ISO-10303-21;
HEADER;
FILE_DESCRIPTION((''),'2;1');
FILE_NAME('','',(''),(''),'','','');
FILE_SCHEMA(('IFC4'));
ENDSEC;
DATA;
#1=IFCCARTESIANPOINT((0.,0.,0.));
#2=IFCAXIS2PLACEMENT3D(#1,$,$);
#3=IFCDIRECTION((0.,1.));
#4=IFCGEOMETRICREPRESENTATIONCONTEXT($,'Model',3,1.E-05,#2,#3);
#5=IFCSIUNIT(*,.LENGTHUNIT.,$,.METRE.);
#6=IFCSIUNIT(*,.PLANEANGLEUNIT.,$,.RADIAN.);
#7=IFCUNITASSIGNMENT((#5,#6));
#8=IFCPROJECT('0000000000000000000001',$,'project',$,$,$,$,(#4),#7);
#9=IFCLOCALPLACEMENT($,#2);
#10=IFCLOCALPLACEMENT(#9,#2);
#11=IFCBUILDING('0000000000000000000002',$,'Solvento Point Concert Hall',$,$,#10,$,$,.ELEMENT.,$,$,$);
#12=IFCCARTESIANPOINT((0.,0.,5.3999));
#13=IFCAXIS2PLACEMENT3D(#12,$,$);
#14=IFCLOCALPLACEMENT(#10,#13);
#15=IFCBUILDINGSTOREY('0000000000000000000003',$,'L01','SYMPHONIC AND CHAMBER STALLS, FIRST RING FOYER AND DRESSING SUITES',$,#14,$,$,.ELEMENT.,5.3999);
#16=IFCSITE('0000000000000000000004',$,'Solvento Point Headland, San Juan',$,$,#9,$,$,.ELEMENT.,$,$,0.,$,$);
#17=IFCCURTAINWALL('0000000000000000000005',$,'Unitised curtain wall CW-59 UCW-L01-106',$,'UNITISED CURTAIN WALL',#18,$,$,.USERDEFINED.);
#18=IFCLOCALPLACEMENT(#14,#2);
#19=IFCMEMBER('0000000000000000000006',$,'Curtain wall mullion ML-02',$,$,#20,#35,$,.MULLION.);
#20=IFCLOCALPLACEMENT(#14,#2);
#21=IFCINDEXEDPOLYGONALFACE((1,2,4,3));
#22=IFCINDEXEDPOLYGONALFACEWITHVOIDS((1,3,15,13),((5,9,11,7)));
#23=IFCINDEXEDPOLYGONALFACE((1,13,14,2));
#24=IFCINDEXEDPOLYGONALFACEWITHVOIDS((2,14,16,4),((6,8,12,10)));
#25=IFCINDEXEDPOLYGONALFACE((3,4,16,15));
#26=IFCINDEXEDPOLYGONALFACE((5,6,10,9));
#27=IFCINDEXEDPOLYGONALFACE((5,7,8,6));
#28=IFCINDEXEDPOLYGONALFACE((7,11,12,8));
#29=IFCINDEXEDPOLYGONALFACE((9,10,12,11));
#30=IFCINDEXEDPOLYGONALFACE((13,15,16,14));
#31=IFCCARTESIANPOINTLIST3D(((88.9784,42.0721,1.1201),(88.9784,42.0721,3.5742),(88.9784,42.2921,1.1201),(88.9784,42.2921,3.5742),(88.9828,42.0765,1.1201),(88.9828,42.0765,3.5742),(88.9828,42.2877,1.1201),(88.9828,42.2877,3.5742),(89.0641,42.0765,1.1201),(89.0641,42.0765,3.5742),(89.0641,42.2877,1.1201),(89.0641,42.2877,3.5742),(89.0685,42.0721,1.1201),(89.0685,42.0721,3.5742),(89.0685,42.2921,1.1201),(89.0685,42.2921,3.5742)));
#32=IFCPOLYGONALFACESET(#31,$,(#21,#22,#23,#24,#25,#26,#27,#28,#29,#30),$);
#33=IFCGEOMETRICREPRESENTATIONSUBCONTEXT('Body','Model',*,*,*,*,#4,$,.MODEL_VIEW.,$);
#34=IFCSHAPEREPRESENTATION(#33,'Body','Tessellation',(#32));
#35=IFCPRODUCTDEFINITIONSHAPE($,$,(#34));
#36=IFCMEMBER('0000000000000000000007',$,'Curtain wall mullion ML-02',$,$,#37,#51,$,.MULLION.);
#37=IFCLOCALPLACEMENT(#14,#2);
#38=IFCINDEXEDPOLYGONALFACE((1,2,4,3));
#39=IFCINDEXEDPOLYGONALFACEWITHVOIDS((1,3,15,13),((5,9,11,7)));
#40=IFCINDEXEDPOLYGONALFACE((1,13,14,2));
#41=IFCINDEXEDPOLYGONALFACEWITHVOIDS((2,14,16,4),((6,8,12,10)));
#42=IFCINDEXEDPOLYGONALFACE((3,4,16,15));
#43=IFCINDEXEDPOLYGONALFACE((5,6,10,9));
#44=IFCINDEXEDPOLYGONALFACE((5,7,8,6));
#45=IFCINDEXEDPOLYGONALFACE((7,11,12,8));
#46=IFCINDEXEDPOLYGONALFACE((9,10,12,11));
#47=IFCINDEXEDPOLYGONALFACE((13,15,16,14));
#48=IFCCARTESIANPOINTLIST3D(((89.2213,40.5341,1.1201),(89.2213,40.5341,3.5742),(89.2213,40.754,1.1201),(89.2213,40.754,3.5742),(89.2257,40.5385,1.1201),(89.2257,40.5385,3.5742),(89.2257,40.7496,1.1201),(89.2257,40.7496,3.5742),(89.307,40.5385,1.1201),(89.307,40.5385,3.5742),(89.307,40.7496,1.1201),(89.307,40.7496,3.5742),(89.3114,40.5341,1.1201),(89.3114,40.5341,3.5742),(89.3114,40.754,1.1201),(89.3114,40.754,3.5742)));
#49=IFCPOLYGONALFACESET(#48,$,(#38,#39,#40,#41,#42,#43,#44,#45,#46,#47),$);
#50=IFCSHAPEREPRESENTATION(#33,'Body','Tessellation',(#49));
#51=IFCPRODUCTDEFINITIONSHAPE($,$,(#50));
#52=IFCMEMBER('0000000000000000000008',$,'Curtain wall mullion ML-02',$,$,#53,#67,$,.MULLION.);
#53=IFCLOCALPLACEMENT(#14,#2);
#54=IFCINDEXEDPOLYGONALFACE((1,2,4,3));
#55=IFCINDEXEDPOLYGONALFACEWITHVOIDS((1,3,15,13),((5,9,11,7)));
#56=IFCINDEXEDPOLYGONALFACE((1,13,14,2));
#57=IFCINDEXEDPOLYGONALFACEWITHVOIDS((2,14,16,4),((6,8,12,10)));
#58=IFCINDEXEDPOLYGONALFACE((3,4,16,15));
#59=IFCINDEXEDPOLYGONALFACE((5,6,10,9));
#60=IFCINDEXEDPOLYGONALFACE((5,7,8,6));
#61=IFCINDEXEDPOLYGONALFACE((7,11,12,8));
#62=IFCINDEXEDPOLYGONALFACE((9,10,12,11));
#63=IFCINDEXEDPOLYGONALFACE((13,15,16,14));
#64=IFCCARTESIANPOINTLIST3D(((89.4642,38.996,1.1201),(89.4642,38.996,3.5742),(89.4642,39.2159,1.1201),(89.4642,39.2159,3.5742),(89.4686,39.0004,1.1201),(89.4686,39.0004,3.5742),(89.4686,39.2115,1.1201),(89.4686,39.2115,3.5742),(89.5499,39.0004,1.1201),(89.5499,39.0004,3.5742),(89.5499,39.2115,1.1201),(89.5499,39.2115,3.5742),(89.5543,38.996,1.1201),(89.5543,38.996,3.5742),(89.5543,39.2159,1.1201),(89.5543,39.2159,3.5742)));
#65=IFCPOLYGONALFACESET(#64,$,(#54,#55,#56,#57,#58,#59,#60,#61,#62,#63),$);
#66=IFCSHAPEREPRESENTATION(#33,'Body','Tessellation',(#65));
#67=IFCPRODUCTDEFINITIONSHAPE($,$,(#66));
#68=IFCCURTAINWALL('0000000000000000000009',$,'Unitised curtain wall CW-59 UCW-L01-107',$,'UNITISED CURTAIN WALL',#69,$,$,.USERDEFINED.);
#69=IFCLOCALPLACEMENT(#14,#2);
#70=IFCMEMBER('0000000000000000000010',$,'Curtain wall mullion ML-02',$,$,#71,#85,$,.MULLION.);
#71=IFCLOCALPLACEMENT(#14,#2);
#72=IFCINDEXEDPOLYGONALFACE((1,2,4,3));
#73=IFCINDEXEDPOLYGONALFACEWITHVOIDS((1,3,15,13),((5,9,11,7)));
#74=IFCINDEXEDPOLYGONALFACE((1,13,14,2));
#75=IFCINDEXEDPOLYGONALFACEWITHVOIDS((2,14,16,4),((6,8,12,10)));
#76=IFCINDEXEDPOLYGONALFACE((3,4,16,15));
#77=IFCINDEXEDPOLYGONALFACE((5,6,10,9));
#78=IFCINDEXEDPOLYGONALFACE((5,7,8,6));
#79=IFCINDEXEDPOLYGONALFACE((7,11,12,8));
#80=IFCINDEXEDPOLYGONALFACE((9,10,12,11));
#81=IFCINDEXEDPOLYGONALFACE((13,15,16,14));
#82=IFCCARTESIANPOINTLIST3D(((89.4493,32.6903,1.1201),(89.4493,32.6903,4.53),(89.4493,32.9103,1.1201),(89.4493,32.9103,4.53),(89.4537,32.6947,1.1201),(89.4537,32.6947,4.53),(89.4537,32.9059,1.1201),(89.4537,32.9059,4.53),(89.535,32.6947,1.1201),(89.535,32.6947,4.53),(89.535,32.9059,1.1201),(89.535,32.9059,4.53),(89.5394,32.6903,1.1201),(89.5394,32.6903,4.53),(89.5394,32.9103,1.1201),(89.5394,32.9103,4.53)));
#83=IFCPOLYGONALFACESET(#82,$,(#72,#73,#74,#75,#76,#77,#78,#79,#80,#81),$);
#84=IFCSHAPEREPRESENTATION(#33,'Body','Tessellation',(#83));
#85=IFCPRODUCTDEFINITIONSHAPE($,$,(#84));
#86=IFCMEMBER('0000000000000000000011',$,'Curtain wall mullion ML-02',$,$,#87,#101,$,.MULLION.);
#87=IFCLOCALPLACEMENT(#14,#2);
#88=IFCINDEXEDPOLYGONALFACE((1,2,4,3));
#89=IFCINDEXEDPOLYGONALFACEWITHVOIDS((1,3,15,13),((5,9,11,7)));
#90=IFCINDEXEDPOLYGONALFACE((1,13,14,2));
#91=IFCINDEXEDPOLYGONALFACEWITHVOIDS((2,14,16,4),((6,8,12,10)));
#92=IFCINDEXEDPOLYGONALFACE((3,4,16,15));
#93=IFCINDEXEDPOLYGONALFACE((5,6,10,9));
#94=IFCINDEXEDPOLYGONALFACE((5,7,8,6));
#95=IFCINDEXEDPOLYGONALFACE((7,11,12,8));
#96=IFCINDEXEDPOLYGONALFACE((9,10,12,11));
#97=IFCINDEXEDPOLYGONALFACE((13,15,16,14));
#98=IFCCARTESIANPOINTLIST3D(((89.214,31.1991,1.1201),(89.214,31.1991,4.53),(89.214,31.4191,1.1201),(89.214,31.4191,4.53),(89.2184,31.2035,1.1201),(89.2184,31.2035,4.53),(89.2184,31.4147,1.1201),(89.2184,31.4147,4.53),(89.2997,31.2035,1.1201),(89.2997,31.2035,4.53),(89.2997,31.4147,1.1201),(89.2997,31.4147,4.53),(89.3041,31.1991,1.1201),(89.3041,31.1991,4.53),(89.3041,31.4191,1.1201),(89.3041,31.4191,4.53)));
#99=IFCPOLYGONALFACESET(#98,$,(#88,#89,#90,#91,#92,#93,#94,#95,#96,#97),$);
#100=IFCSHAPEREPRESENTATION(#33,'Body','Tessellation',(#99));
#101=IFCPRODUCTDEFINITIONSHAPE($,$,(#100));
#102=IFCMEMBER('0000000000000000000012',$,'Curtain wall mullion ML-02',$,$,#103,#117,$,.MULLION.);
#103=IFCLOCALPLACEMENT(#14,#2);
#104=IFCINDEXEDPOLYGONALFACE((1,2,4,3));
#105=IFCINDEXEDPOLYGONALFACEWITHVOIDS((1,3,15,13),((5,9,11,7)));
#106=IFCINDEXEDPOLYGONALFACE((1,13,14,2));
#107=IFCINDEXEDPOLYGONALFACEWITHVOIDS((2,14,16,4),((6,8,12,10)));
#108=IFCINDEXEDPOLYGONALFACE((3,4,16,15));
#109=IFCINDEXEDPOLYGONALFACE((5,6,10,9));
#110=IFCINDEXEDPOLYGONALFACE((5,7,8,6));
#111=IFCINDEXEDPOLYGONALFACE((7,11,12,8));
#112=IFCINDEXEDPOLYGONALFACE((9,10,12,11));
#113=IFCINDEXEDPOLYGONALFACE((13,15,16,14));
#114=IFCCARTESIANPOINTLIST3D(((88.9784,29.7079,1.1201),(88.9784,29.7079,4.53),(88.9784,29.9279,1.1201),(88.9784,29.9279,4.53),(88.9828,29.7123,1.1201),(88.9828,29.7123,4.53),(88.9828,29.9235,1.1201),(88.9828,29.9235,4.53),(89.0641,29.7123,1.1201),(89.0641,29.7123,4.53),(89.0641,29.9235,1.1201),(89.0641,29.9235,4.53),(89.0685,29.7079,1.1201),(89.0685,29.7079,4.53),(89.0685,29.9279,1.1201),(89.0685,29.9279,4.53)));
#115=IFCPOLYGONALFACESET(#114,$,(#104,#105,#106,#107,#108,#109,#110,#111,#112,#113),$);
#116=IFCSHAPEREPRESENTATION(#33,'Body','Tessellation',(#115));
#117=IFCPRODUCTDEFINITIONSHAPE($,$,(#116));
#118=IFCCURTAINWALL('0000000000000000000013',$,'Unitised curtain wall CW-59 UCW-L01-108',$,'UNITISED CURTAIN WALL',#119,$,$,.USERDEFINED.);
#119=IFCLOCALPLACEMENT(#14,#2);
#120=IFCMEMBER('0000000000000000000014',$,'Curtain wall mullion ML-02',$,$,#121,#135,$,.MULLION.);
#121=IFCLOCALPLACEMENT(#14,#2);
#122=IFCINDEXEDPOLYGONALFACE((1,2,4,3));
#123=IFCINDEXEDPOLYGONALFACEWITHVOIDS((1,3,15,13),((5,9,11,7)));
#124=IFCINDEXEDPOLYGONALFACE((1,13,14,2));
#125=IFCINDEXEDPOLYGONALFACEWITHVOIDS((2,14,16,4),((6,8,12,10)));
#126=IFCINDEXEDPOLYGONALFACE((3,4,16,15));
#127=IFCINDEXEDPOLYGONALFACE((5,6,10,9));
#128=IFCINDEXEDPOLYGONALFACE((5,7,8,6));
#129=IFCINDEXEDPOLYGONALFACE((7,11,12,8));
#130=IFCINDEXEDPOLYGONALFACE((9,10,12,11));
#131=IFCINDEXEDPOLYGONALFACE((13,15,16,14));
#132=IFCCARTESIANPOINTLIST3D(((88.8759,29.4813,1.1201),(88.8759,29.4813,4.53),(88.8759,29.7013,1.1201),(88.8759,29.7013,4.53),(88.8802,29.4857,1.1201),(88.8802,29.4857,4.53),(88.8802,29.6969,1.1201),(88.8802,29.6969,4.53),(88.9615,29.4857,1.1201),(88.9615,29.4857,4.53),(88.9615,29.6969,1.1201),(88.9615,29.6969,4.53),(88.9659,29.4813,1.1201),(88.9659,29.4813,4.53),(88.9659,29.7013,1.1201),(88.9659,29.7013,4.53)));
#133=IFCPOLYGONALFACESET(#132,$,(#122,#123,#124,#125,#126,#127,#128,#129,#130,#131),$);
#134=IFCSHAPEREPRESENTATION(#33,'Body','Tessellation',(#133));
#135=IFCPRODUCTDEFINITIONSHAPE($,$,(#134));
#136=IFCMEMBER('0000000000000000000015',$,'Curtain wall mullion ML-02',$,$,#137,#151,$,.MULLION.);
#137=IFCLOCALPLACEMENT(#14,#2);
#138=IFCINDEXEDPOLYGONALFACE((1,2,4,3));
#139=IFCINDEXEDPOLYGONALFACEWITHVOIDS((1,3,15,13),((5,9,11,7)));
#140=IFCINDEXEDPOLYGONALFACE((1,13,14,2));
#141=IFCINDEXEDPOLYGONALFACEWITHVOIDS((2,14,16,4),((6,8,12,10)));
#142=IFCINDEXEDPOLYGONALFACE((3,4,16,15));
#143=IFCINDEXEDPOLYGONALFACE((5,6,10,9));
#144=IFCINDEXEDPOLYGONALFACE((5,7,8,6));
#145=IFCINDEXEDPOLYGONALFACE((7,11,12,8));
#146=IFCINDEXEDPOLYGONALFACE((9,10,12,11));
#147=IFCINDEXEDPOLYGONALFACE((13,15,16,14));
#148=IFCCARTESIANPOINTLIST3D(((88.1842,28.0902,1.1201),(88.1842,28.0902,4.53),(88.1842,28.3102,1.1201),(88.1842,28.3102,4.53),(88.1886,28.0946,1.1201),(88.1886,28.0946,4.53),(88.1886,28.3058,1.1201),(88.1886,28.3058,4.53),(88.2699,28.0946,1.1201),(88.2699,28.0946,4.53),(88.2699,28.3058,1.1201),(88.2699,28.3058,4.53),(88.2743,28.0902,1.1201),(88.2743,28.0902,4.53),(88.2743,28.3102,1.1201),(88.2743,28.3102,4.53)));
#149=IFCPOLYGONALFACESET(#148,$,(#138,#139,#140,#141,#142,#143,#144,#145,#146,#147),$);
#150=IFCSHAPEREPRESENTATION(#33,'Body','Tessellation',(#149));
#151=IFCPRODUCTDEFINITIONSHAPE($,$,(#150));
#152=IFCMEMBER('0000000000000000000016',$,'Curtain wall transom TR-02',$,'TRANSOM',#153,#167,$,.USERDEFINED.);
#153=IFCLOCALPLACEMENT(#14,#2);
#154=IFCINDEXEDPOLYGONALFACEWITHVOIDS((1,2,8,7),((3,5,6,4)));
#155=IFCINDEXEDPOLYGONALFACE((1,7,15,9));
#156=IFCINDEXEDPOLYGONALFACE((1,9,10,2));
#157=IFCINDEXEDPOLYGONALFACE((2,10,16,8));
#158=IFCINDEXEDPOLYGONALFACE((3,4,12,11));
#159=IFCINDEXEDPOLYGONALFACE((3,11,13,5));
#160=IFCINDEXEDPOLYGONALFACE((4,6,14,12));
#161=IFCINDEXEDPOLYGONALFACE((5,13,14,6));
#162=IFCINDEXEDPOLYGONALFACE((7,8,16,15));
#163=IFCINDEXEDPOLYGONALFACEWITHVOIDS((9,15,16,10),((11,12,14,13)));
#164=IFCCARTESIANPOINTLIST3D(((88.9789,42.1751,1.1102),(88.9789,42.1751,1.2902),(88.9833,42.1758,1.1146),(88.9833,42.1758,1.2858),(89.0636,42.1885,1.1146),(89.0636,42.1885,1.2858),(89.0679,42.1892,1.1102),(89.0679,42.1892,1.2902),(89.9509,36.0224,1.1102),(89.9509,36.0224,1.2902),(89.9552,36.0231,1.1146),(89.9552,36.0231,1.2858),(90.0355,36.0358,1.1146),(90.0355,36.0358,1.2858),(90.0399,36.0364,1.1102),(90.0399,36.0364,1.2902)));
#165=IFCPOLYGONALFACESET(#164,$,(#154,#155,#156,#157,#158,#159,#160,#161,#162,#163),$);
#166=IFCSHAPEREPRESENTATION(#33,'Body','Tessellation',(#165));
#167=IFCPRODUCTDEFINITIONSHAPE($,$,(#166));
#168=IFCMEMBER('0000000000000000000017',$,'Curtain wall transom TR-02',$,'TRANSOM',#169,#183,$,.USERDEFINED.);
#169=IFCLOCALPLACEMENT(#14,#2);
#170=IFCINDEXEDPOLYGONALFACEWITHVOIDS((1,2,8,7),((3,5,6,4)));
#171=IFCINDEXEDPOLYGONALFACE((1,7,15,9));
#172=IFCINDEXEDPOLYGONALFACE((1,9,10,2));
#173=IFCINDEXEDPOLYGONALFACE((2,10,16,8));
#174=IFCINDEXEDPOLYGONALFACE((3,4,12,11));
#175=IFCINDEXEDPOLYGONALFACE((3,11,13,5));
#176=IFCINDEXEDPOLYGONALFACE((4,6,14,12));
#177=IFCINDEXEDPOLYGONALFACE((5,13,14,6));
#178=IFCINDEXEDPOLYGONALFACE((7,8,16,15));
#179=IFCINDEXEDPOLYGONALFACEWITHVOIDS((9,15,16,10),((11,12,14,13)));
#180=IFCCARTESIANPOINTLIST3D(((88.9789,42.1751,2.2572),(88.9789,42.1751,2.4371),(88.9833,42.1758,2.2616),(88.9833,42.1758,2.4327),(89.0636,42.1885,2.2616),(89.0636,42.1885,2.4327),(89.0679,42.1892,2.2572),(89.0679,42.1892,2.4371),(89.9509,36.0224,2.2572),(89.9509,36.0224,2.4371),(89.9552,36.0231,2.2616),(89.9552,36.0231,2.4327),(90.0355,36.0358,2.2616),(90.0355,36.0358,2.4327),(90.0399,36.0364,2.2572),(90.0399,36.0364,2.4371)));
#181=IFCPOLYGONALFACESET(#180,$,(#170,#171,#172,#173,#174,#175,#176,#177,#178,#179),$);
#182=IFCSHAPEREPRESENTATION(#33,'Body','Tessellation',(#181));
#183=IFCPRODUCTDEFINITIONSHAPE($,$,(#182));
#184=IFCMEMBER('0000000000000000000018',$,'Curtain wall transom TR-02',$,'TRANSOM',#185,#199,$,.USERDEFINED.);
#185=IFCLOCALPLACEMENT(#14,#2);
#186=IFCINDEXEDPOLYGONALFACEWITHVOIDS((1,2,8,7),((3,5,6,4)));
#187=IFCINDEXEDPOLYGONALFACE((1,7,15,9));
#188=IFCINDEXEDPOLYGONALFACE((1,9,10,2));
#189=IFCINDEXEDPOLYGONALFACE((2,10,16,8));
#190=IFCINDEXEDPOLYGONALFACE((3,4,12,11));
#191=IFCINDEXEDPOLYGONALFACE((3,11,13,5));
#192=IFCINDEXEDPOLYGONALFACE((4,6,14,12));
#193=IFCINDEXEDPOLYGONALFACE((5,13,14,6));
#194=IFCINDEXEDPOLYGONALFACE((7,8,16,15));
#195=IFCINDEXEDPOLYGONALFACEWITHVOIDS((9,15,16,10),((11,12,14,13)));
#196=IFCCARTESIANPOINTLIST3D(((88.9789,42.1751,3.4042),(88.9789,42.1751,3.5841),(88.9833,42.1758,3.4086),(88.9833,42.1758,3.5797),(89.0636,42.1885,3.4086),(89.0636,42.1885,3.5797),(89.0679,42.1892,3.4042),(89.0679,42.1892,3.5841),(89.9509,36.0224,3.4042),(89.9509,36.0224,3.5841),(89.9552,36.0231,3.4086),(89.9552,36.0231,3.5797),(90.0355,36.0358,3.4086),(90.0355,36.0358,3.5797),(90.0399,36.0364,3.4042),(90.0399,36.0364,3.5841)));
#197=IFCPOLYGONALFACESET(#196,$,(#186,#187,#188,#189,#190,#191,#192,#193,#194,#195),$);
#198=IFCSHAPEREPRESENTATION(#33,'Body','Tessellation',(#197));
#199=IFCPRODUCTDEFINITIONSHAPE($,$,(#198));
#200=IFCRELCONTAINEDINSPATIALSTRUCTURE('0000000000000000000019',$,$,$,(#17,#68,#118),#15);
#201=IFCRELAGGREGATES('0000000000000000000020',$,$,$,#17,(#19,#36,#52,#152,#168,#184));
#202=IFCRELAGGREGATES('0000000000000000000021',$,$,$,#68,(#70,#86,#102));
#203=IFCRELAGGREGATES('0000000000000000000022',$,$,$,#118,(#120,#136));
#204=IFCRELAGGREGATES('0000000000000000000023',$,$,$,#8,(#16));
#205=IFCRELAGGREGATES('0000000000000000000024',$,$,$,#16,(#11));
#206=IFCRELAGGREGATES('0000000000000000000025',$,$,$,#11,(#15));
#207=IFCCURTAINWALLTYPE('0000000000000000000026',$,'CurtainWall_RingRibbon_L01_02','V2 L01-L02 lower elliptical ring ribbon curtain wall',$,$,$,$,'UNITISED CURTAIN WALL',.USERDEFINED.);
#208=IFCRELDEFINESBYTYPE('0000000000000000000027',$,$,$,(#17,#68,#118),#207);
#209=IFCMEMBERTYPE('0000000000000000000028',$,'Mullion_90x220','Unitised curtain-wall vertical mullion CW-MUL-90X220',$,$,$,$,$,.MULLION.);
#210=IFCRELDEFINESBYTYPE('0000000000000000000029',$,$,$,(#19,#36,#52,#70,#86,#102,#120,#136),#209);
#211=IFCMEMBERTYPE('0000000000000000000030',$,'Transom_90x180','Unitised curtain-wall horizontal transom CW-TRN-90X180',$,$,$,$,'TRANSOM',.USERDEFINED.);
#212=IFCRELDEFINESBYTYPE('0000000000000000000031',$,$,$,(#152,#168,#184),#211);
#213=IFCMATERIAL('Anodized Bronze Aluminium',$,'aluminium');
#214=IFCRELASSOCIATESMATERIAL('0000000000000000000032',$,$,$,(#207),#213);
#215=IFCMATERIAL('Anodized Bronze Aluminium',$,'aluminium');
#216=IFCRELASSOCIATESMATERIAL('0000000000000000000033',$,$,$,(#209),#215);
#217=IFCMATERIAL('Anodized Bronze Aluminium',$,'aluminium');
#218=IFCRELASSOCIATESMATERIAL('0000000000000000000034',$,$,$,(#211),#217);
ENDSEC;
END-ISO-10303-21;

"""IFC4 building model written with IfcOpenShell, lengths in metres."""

from ifc_helpers import new_model, si_unit, direction, frame, origin, origin_2d, place, context, subcontext, project, spatial, hollow_rectangle, extrude, material, material_profile, profile_set, type_object, element, aggregate, save


model = new_model("IFC4")

# Units and contexts
model_context = context("Model", 3, precision=1e-05, world=origin(), true_north=direction((0.0, 1.0)))
body_context = subcontext(model_context, "Body", "Model", "MODEL_VIEW")
ifc_project = project(units=[si_unit("LENGTHUNIT", "METRE"), si_unit("PLANEANGLEUNIT", "RADIAN")], contexts=[model_context])

# Site, building, storey
site_placement = place(None, origin())
site = spatial("IfcSite", under=ifc_project, at=site_placement, Name="Solvento Point Headland, San Juan", CompositionType="ELEMENT", RefElevation=0.0)
building_placement = place(site_placement, origin())
building = spatial("IfcBuilding", under=site, at=building_placement, Name="Solvento Point Concert Hall", CompositionType="ELEMENT")
storey_placement = place(building_placement, frame((0.0, 0.0, 5.3999)))
storey = spatial("IfcBuildingStorey", under=building, at=storey_placement, Name="L01", Description="SYMPHONIC AND CHAMBER STALLS, FIRST RING FOYER AND DRESSING SUITES", CompositionType="ELEMENT", Elevation=5.3999)

# Curtain walls, members
ifc_material_1 = material(Name="Anodized Bronze Aluminium", Category="aluminium")
curtain_wall_type = type_object("IfcCurtainWallType", Name="CurtainWall_RingRibbon_L01_02", Description="V2 L01-L02 lower elliptical ring ribbon curtain wall", ElementType="UNITISED CURTAIN WALL", PredefinedType="USERDEFINED", material=ifc_material_1)
curtain_wall_1_placement = place(storey_placement, origin())
curtain_wall_1 = element("IfcCurtainWall", 1, at=curtain_wall_1_placement, inside=storey, type_object=curtain_wall_type, Name="Unitised curtain wall CW-59 UCW-L01-106", ObjectType="UNITISED CURTAIN WALL", PredefinedType="USERDEFINED")
ifc_material_2 = material(Name="Anodized Bronze Aluminium", Category="aluminium")
ifc_material_profile_1 = material_profile(ifc_material_2, hollow_rectangle(XDim=0.0901, YDim=0.22, WallThickness=0.0044, at=origin_2d()), Name="CW-MUL-90X220")
ifc_profile_set_1 = profile_set([ifc_material_profile_1], Name="Anodized Bronze Aluminium")
member_type_1 = type_object("IfcMemberType", Name="Mullion_90x220", Description="Unitised curtain-wall vertical mullion CW-MUL-90X220", PredefinedType="MULLION", material=ifc_profile_set_1)
member_1_placement = place(storey_placement, frame((89.0234, 42.1821, 1.1201), z_axis=(0.0, 0.0, 1.0), x_axis=(1.0, 0.0, 0.0)))
member_1 = element("IfcMember", 2, at=member_1_placement, type_object=member_type_1, Name="Curtain wall mullion ML-02", PredefinedType="MULLION", context=body_context, shape_type="SweptSolid", body=[
    extrude(hollow_rectangle(XDim=0.0901, YDim=0.22, WallThickness=0.0044, at=origin_2d()), origin(), (0.0, 0.0, 1.0), 2.4541),
])
member_2_placement = place(storey_placement, frame((89.2664, 40.644, 1.1201), z_axis=(0.0, 0.0, 1.0), x_axis=(1.0, 0.0, 0.0)))
member_2 = element("IfcMember", 3, at=member_2_placement, type_object=member_type_1, Name="Curtain wall mullion ML-02", PredefinedType="MULLION", context=body_context, shape_type="SweptSolid", body=[
    extrude(hollow_rectangle(XDim=0.0901, YDim=0.22, WallThickness=0.0044, at=origin_2d()), origin(), (0.0, 0.0, 1.0), 2.4541),
])
member_3_placement = place(storey_placement, frame((89.5093, 39.106, 1.1201), z_axis=(0.0, 0.0, 1.0), x_axis=(1.0, 0.0, 0.0)))
member_3 = element("IfcMember", 4, at=member_3_placement, type_object=member_type_1, Name="Curtain wall mullion ML-02", PredefinedType="MULLION", context=body_context, shape_type="SweptSolid", body=[
    extrude(hollow_rectangle(XDim=0.0901, YDim=0.22, WallThickness=0.0044, at=origin_2d()), origin(), (0.0, 0.0, 1.0), 2.4541),
])
curtain_wall_2_placement = place(storey_placement, origin())
curtain_wall_2 = element("IfcCurtainWall", 5, at=curtain_wall_2_placement, inside=storey, type_object=curtain_wall_type, Name="Unitised curtain wall CW-59 UCW-L01-107", ObjectType="UNITISED CURTAIN WALL", PredefinedType="USERDEFINED")
member_4_placement = place(storey_placement, frame((89.4944, 32.8003, 1.1201), z_axis=(0.0, 0.0, 1.0), x_axis=(1.0, 0.0, 0.0)))
member_4 = element("IfcMember", 6, at=member_4_placement, type_object=member_type_1, Name="Curtain wall mullion ML-02", PredefinedType="MULLION", context=body_context, shape_type="SweptSolid", body=[
    extrude(hollow_rectangle(XDim=0.0901, YDim=0.22, WallThickness=0.0044, at=origin_2d()), origin(), (0.0, 0.0, 1.0), 3.4099),
])
member_5_placement = place(storey_placement, frame((89.259, 31.3091, 1.1201), z_axis=(0.0, 0.0, 1.0), x_axis=(1.0, 0.0, 0.0)))
member_5 = element("IfcMember", 7, at=member_5_placement, type_object=member_type_1, Name="Curtain wall mullion ML-02", PredefinedType="MULLION", context=body_context, shape_type="SweptSolid", body=[
    extrude(hollow_rectangle(XDim=0.0901, YDim=0.22, WallThickness=0.0044, at=origin_2d()), origin(), (0.0, 0.0, 1.0), 3.4099),
])
member_6_placement = place(storey_placement, frame((89.0234, 29.8179, 1.1201), z_axis=(0.0, 0.0, 1.0), x_axis=(1.0, 0.0, 0.0)))
member_6 = element("IfcMember", 8, at=member_6_placement, type_object=member_type_1, Name="Curtain wall mullion ML-02", PredefinedType="MULLION", context=body_context, shape_type="SweptSolid", body=[
    extrude(hollow_rectangle(XDim=0.0901, YDim=0.22, WallThickness=0.0044, at=origin_2d()), origin(), (0.0, 0.0, 1.0), 3.4099),
])
curtain_wall_3_placement = place(storey_placement, origin())
curtain_wall_3 = element("IfcCurtainWall", 9, at=curtain_wall_3_placement, inside=storey, type_object=curtain_wall_type, Name="Unitised curtain wall CW-59 UCW-L01-108", ObjectType="UNITISED CURTAIN WALL", PredefinedType="USERDEFINED")
member_7_placement = place(storey_placement, frame((88.9209, 29.5913, 1.1201), z_axis=(0.0, 0.0, 1.0), x_axis=(1.0, 0.0, 0.0)))
member_7 = element("IfcMember", 10, at=member_7_placement, type_object=member_type_1, Name="Curtain wall mullion ML-02", PredefinedType="MULLION", context=body_context, shape_type="SweptSolid", body=[
    extrude(hollow_rectangle(XDim=0.0901, YDim=0.22, WallThickness=0.0044, at=origin_2d()), origin(), (0.0, 0.0, 1.0), 3.4099),
])
member_8_placement = place(storey_placement, frame((88.2292, 28.2002, 1.1201), z_axis=(0.0, 0.0, 1.0), x_axis=(1.0, 0.0, 0.0)))
member_8 = element("IfcMember", 11, at=member_8_placement, type_object=member_type_1, Name="Curtain wall mullion ML-02", PredefinedType="MULLION", context=body_context, shape_type="SweptSolid", body=[
    extrude(hollow_rectangle(XDim=0.0901, YDim=0.22, WallThickness=0.0044, at=origin_2d()), origin(), (0.0, 0.0, 1.0), 3.4099),
])

# Members
ifc_material_3 = material(Name="Anodized Bronze Aluminium", Category="aluminium")
ifc_material_profile_2 = material_profile(ifc_material_3, hollow_rectangle(XDim=0.0901, YDim=0.1799, WallThickness=0.0044, at=origin_2d()), Name="CW-TRN-90X180")
ifc_profile_set_2 = profile_set([ifc_material_profile_2], Name="Anodized Bronze Aluminium")
member_type_2 = type_object("IfcMemberType", Name="Transom_90x180", Description="Unitised curtain-wall horizontal transom CW-TRN-90X180", ElementType="TRANSOM", PredefinedType="USERDEFINED", material=ifc_profile_set_2)
member_9_placement = place(storey_placement, frame((89.0234, 42.1821, 1.2002), z_axis=(0.156035, -0.987752, 0.0), x_axis=(0.987752, 0.156035, 0.0)))
member_9 = element("IfcMember", 12, at=member_9_placement, type_object=member_type_2, Name="Curtain wall transom TR-02", ObjectType="TRANSOM", PredefinedType="USERDEFINED", context=body_context, shape_type="SweptSolid", body=[
    extrude(hollow_rectangle(XDim=0.0901, YDim=0.1799, WallThickness=0.0044, at=origin_2d()), origin(), (0.0, 0.0, 1.0), 6.229),
])
member_10_placement = place(storey_placement, frame((89.0234, 42.1821, 2.3472), z_axis=(0.156035, -0.987752, 0.0), x_axis=(0.987752, 0.156035, 0.0)))
member_10 = element("IfcMember", 13, at=member_10_placement, type_object=member_type_2, Name="Curtain wall transom TR-02", ObjectType="TRANSOM", PredefinedType="USERDEFINED", context=body_context, shape_type="SweptSolid", body=[
    extrude(hollow_rectangle(XDim=0.0901, YDim=0.1799, WallThickness=0.0044, at=origin_2d()), origin(), (0.0, 0.0, 1.0), 6.229),
])
member_11_placement = place(storey_placement, frame((89.0234, 42.1821, 3.4941), z_axis=(0.156035, -0.987752, 0.0), x_axis=(0.987752, 0.156035, 0.0)))
member_11 = element("IfcMember", 14, at=member_11_placement, type_object=member_type_2, Name="Curtain wall transom TR-02", ObjectType="TRANSOM", PredefinedType="USERDEFINED", context=body_context, shape_type="SweptSolid", body=[
    extrude(hollow_rectangle(XDim=0.0901, YDim=0.1799, WallThickness=0.0044, at=origin_2d()), origin(), (0.0, 0.0, 1.0), 6.229),
])

aggregate(curtain_wall_1, [member_1, member_2, member_3, member_9, member_10, member_11])
aggregate(curtain_wall_2, [member_4, member_5, member_6])
aggregate(curtain_wall_3, [member_7, member_8])

save(model, "model.ifc")
